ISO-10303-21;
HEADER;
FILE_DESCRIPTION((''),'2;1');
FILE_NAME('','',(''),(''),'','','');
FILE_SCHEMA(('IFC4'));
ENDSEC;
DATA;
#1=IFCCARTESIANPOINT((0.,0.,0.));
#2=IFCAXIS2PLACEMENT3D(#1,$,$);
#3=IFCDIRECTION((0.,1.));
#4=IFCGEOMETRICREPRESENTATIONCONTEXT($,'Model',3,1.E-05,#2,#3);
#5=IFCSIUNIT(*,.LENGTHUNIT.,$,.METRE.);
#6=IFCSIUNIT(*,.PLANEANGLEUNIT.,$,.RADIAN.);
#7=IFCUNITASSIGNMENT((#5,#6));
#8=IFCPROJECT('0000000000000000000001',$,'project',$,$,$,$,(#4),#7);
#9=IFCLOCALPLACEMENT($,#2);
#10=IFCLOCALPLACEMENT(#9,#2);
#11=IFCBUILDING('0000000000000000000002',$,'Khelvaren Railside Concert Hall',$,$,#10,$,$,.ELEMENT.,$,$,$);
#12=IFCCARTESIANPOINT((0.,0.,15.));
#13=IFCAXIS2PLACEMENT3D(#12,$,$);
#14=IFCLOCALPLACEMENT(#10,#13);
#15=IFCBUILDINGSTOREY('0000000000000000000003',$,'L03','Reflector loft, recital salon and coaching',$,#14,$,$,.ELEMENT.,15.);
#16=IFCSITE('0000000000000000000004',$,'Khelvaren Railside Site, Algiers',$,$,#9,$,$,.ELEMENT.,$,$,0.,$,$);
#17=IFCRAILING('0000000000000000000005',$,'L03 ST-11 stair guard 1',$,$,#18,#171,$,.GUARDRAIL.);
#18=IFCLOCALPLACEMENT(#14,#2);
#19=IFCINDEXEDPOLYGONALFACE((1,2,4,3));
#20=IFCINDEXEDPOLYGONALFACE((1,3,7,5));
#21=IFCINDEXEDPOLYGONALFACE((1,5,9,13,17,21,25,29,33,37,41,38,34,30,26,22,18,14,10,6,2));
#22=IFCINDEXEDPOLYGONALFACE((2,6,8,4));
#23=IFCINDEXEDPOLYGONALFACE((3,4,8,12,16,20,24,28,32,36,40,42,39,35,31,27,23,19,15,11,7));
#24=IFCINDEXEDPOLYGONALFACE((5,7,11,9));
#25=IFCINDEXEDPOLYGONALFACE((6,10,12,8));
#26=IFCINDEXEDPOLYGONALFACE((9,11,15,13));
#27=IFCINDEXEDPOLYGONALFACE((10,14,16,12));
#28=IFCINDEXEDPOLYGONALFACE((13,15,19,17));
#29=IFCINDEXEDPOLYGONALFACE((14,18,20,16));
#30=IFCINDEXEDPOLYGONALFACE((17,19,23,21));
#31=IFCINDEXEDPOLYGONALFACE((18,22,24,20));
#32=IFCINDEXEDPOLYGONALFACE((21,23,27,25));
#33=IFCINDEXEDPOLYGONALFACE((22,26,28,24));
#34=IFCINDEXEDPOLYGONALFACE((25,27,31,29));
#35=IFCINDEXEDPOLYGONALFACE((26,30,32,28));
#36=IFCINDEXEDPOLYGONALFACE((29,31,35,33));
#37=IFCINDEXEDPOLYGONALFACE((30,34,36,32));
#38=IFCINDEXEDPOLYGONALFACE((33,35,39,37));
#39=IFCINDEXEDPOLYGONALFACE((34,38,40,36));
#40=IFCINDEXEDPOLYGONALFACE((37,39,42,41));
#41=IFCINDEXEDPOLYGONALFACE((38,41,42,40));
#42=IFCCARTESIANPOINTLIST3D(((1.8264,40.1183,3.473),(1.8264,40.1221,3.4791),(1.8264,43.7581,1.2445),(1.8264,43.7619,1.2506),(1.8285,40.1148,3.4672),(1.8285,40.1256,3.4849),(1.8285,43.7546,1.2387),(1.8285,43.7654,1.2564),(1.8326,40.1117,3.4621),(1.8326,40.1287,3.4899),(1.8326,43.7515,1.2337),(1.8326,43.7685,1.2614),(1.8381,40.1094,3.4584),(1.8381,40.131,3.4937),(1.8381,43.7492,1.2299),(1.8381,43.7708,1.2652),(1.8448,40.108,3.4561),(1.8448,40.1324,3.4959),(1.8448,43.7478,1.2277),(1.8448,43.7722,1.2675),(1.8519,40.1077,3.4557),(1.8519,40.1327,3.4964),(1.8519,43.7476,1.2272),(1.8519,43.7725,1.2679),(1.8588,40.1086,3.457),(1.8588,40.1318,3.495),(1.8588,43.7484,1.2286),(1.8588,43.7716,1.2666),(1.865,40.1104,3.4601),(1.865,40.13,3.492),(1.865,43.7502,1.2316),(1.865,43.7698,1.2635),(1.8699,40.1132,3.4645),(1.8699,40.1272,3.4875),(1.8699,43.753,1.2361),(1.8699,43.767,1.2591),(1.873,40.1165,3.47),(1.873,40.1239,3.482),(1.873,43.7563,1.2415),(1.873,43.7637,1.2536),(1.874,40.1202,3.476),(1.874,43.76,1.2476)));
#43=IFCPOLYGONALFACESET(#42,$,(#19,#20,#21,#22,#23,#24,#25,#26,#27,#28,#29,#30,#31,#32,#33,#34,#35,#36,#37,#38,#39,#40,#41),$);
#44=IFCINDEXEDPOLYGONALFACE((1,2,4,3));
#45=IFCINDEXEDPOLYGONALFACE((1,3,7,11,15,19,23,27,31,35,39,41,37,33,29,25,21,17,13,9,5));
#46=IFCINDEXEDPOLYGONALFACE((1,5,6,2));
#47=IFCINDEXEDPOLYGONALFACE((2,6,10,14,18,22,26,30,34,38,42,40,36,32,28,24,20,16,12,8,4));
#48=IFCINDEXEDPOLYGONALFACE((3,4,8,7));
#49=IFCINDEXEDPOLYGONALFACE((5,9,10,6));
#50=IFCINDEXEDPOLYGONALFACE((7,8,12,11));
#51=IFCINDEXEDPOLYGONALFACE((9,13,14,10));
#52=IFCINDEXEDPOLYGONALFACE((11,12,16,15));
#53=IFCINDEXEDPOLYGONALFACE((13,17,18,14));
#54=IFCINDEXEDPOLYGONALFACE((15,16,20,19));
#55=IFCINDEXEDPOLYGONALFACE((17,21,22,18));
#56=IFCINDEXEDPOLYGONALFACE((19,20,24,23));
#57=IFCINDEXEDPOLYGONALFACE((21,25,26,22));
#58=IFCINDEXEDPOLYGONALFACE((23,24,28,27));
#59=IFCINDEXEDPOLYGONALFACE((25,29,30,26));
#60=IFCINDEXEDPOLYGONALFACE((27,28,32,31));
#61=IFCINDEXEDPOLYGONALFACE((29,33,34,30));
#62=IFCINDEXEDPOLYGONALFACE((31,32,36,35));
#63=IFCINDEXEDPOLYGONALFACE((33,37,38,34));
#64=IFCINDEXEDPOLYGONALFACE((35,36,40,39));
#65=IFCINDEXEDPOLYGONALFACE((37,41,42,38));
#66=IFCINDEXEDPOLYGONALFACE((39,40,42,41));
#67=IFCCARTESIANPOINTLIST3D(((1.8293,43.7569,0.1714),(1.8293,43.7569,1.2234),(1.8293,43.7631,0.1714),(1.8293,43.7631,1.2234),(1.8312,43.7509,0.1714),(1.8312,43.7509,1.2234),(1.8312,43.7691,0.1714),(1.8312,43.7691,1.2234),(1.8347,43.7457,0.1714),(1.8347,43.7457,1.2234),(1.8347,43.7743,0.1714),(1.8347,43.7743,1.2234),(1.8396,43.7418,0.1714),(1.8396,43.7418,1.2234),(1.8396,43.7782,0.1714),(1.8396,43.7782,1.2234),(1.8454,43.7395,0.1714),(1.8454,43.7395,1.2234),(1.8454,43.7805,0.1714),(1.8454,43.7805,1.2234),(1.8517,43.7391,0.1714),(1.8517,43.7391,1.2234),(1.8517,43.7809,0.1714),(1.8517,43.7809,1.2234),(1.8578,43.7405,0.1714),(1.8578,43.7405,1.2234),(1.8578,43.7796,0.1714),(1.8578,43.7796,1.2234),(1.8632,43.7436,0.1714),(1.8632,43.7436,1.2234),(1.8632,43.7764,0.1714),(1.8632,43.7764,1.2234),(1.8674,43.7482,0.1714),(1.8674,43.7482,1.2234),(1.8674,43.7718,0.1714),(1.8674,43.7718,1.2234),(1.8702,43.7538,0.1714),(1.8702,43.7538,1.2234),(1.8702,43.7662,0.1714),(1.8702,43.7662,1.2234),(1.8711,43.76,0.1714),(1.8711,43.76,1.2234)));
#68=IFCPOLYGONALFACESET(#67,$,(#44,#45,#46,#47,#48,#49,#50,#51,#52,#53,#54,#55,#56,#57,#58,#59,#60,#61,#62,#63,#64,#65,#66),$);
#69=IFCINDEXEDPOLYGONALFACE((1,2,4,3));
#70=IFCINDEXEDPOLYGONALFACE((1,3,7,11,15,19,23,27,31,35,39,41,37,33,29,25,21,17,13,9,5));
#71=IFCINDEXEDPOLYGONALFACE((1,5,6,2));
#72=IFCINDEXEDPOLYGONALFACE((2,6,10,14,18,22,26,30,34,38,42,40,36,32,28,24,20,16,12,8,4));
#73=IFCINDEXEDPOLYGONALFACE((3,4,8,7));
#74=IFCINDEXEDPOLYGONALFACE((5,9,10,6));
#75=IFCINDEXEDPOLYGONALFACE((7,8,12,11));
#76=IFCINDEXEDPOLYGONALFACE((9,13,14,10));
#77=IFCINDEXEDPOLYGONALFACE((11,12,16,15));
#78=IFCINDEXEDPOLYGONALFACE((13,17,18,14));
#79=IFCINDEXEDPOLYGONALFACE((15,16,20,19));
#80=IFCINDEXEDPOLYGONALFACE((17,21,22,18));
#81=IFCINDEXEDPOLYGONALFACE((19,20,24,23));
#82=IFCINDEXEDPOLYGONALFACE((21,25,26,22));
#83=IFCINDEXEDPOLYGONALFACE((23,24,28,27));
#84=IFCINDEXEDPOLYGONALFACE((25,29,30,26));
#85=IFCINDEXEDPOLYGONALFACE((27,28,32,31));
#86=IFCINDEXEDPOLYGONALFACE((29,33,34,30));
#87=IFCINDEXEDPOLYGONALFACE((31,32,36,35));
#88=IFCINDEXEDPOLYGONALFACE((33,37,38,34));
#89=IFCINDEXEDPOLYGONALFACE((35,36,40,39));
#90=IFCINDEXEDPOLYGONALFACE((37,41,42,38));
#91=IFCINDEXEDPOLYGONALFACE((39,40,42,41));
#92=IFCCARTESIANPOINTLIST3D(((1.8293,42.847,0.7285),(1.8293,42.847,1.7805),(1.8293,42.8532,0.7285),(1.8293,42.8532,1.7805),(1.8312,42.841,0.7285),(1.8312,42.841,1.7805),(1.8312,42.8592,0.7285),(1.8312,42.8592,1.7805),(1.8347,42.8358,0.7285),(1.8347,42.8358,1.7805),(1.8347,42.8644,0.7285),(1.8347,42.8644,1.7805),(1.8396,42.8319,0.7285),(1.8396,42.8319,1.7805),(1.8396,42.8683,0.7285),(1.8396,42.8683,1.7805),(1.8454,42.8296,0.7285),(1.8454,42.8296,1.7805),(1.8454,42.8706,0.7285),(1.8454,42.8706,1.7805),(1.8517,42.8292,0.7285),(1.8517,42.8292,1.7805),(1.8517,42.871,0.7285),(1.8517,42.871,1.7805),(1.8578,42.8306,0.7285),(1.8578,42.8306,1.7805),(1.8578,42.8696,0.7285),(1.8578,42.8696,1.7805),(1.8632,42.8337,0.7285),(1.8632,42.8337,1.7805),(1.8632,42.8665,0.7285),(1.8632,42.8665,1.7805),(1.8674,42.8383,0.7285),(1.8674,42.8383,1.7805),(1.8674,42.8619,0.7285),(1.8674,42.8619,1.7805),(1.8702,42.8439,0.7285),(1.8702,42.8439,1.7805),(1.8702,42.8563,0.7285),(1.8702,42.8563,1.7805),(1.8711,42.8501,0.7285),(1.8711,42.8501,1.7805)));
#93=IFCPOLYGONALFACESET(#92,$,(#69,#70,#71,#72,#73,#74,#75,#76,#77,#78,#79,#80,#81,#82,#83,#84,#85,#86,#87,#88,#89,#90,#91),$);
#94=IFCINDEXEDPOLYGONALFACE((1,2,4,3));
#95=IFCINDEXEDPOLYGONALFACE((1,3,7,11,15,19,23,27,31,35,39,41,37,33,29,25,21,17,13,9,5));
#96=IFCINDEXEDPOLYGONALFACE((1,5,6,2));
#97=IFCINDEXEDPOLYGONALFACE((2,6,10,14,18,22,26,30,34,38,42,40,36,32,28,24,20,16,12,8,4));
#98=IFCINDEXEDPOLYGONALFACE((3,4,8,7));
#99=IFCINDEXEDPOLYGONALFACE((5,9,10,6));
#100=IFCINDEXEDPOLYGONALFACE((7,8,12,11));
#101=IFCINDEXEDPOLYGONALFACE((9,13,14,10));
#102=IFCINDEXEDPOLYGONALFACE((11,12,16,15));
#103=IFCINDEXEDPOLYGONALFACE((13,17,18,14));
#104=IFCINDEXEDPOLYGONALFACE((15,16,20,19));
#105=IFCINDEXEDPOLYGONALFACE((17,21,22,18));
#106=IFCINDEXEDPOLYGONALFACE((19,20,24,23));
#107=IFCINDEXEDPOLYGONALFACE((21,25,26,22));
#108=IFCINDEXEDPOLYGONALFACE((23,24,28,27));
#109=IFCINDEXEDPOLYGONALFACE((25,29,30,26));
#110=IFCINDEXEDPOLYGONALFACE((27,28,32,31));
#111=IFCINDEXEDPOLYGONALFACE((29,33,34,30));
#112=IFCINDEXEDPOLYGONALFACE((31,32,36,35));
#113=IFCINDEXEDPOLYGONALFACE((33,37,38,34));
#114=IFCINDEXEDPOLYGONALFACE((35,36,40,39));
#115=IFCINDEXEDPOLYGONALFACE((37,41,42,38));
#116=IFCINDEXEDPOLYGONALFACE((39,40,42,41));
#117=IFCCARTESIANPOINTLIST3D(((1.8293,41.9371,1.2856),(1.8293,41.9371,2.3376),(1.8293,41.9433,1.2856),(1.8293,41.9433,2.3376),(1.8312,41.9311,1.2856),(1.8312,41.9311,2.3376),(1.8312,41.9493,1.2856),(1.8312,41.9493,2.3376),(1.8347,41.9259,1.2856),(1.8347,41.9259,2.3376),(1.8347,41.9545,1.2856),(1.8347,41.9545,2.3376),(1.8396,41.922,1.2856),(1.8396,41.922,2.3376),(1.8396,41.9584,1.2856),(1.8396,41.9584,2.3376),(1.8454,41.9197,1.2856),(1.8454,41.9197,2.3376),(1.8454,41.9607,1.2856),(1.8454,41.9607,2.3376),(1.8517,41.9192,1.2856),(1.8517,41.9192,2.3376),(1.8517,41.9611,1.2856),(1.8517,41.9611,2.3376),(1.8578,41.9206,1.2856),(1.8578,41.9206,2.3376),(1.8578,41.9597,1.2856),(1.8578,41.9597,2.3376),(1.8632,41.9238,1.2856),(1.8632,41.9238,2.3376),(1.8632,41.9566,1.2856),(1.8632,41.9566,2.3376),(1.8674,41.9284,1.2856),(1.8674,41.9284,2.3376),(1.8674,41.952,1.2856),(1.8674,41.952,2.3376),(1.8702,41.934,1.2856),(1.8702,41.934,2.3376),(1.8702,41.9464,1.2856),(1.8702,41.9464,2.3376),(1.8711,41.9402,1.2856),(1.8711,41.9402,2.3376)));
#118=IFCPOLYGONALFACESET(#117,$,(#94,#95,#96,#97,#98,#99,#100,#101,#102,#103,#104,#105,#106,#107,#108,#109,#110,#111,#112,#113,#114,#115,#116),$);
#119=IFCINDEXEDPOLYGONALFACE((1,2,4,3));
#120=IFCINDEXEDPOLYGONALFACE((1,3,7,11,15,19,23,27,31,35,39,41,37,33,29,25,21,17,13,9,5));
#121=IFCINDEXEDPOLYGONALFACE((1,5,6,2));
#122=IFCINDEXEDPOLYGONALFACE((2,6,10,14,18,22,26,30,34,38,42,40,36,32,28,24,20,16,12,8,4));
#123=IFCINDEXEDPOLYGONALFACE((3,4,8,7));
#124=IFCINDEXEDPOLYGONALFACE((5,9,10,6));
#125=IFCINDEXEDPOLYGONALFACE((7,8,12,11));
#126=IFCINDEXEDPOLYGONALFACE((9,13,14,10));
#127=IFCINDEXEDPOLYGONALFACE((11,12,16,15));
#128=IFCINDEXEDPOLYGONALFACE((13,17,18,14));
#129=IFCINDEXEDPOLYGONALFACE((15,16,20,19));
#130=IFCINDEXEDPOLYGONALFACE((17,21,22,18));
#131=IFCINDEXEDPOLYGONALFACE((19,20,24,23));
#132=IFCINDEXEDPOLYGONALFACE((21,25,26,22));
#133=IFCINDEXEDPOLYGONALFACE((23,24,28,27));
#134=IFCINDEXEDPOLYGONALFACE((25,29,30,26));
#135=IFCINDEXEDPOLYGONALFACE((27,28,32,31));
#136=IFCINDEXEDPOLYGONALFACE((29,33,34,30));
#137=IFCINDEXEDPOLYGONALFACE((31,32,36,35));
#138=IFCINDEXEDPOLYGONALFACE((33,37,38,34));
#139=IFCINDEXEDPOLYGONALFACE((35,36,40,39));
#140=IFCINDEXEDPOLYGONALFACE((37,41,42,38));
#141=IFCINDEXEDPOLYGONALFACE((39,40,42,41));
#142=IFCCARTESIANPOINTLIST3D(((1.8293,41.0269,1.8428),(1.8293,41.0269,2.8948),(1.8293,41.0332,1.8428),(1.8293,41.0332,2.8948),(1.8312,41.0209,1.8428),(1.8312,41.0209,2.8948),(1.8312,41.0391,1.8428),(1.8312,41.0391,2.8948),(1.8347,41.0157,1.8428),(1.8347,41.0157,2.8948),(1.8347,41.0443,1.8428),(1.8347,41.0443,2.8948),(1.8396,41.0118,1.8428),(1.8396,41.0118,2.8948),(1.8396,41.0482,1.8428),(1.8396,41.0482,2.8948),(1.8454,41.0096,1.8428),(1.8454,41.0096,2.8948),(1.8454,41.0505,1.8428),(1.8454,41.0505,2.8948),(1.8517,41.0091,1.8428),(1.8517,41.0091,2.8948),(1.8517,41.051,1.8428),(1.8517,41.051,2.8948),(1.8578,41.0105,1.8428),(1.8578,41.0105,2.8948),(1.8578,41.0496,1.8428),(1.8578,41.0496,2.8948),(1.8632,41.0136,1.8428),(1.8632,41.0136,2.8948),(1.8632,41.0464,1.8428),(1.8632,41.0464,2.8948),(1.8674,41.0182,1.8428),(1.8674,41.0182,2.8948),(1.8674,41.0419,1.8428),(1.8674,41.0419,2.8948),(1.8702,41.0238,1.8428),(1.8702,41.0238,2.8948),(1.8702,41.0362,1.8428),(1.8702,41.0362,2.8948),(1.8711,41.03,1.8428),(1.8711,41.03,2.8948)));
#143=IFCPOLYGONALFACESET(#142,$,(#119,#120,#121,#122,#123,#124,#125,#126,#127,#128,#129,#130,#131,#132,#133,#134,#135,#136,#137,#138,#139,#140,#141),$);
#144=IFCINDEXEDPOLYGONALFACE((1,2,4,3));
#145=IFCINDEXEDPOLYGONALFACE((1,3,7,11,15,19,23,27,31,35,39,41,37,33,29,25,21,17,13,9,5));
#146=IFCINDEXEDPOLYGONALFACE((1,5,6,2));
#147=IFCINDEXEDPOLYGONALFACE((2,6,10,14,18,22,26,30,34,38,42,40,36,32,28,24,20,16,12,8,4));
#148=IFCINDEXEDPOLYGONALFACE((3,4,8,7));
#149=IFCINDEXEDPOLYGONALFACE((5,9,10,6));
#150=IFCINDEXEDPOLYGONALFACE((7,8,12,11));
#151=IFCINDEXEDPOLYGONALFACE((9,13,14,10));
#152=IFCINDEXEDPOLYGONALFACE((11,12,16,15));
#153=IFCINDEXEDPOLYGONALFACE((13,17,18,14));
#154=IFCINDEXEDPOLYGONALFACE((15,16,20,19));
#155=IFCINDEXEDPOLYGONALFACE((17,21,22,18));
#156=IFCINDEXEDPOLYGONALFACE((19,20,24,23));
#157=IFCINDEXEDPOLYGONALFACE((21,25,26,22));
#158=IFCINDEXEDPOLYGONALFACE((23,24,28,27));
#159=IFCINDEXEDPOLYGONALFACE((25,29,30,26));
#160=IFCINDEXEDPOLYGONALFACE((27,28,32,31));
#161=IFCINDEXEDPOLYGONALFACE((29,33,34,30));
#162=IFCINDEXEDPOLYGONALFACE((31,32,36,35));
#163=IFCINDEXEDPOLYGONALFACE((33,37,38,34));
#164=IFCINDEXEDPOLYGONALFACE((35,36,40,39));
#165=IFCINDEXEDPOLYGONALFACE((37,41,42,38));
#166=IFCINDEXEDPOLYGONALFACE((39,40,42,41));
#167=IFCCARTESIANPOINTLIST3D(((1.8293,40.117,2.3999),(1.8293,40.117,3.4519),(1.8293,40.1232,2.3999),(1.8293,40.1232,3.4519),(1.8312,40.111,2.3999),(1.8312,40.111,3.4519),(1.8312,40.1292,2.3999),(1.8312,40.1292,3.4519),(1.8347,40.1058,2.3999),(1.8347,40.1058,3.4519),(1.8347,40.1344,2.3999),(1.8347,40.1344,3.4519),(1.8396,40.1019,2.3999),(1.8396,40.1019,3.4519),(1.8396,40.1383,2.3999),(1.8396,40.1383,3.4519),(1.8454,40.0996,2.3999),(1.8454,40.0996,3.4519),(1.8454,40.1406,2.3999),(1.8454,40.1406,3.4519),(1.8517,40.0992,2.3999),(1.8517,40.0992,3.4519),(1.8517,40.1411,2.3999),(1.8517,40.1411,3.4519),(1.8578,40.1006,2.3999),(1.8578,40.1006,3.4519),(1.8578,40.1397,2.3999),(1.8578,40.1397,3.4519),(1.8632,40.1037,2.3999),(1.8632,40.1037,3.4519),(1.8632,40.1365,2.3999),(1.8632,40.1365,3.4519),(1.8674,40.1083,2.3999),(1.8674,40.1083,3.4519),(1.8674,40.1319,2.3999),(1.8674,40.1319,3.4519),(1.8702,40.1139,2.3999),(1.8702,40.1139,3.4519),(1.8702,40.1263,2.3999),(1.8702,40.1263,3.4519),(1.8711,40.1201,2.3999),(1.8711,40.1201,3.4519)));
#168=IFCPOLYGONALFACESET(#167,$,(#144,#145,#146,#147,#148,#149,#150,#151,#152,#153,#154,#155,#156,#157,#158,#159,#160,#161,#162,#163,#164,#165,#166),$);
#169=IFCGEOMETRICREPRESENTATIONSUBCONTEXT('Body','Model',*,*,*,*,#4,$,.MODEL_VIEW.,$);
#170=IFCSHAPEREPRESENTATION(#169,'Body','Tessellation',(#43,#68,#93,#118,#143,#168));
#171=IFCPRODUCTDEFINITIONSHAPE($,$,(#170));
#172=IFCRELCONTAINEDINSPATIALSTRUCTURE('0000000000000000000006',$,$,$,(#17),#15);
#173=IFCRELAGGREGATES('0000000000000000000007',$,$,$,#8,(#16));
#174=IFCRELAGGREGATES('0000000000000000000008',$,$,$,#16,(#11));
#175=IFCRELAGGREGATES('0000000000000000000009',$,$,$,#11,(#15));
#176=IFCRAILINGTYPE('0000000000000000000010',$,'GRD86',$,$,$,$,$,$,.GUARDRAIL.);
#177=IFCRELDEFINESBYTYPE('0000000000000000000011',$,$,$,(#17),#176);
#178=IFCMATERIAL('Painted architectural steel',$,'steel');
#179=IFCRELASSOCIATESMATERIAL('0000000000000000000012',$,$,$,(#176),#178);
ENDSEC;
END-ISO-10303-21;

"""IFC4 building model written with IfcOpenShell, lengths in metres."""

from ifc_helpers import new_model, si_unit, direction, frame, origin, origin_2d, place, context, subcontext, project, spatial, circle, extrude, material, type_object, element, save


model = new_model("IFC4")

# Units and contexts
model_context = context("Model", 3, precision=1e-05, world=origin(), true_north=direction((0.0, 1.0)))
body_context = subcontext(model_context, "Body", "Model", "MODEL_VIEW")
ifc_project = project(units=[si_unit("LENGTHUNIT", "METRE"), si_unit("PLANEANGLEUNIT", "RADIAN")], contexts=[model_context])

# Site, building, storey
site_placement = place(None, origin())
site = spatial("IfcSite", under=ifc_project, at=site_placement, Name="Khelvaren Railside Site, Algiers", CompositionType="ELEMENT", RefElevation=0.0)
building_placement = place(site_placement, origin())
building = spatial("IfcBuilding", under=site, at=building_placement, Name="Khelvaren Railside Concert Hall", CompositionType="ELEMENT")
storey_placement = place(building_placement, frame((0.0, 0.0, 15.0)))
storey = spatial("IfcBuildingStorey", under=building, at=storey_placement, Name="L03", Description="Reflector loft, recital salon and coaching", CompositionType="ELEMENT", Elevation=15.0)

# Railing
ifc_material_1 = material(Name="Painted architectural steel", Category="steel")
railing_type = type_object("IfcRailingType", Name="GRD86", PredefinedType="GUARDRAIL", material=ifc_material_1)
railing_1_placement = place(storey_placement, frame((1.8501, 43.76, 0.1714)))
element("IfcRailing", 1, at=railing_1_placement, inside=storey, type_object=railing_type, Name="L03 ST-11 stair guard 1", PredefinedType="GUARDRAIL", context=body_context, shape_type="SweptSolid", body=[
    extrude(circle(Radius=0.0239, at=origin_2d()), frame((0.0, 0.0, 1.0762), z_axis=(0.0, -0.85285, 0.522156), x_axis=(1.0, 0.0, 0.0)), (0.0, 0.0, 1.0), 4.2678),
    extrude(circle(Radius=0.021, at=origin_2d()), origin(), (0.0, 0.0, 1.0), 1.052),
    extrude(circle(Radius=0.021, at=origin_2d()), frame((0.0, -0.9099, 0.5571)), (0.0, 0.0, 1.0), 1.052),
    extrude(circle(Radius=0.021, at=origin_2d()), frame((0.0, -1.8198, 1.1143)), (0.0, 0.0, 1.0), 1.052),
    extrude(circle(Radius=0.021, at=origin_2d()), frame((0.0, -2.73, 1.6714)), (0.0, 0.0, 1.0), 1.052),
    extrude(circle(Radius=0.021, at=origin_2d()), frame((0.0, -3.6399, 2.2285)), (0.0, 0.0, 1.0), 1.052),
])

save(model, "model.ifc")
